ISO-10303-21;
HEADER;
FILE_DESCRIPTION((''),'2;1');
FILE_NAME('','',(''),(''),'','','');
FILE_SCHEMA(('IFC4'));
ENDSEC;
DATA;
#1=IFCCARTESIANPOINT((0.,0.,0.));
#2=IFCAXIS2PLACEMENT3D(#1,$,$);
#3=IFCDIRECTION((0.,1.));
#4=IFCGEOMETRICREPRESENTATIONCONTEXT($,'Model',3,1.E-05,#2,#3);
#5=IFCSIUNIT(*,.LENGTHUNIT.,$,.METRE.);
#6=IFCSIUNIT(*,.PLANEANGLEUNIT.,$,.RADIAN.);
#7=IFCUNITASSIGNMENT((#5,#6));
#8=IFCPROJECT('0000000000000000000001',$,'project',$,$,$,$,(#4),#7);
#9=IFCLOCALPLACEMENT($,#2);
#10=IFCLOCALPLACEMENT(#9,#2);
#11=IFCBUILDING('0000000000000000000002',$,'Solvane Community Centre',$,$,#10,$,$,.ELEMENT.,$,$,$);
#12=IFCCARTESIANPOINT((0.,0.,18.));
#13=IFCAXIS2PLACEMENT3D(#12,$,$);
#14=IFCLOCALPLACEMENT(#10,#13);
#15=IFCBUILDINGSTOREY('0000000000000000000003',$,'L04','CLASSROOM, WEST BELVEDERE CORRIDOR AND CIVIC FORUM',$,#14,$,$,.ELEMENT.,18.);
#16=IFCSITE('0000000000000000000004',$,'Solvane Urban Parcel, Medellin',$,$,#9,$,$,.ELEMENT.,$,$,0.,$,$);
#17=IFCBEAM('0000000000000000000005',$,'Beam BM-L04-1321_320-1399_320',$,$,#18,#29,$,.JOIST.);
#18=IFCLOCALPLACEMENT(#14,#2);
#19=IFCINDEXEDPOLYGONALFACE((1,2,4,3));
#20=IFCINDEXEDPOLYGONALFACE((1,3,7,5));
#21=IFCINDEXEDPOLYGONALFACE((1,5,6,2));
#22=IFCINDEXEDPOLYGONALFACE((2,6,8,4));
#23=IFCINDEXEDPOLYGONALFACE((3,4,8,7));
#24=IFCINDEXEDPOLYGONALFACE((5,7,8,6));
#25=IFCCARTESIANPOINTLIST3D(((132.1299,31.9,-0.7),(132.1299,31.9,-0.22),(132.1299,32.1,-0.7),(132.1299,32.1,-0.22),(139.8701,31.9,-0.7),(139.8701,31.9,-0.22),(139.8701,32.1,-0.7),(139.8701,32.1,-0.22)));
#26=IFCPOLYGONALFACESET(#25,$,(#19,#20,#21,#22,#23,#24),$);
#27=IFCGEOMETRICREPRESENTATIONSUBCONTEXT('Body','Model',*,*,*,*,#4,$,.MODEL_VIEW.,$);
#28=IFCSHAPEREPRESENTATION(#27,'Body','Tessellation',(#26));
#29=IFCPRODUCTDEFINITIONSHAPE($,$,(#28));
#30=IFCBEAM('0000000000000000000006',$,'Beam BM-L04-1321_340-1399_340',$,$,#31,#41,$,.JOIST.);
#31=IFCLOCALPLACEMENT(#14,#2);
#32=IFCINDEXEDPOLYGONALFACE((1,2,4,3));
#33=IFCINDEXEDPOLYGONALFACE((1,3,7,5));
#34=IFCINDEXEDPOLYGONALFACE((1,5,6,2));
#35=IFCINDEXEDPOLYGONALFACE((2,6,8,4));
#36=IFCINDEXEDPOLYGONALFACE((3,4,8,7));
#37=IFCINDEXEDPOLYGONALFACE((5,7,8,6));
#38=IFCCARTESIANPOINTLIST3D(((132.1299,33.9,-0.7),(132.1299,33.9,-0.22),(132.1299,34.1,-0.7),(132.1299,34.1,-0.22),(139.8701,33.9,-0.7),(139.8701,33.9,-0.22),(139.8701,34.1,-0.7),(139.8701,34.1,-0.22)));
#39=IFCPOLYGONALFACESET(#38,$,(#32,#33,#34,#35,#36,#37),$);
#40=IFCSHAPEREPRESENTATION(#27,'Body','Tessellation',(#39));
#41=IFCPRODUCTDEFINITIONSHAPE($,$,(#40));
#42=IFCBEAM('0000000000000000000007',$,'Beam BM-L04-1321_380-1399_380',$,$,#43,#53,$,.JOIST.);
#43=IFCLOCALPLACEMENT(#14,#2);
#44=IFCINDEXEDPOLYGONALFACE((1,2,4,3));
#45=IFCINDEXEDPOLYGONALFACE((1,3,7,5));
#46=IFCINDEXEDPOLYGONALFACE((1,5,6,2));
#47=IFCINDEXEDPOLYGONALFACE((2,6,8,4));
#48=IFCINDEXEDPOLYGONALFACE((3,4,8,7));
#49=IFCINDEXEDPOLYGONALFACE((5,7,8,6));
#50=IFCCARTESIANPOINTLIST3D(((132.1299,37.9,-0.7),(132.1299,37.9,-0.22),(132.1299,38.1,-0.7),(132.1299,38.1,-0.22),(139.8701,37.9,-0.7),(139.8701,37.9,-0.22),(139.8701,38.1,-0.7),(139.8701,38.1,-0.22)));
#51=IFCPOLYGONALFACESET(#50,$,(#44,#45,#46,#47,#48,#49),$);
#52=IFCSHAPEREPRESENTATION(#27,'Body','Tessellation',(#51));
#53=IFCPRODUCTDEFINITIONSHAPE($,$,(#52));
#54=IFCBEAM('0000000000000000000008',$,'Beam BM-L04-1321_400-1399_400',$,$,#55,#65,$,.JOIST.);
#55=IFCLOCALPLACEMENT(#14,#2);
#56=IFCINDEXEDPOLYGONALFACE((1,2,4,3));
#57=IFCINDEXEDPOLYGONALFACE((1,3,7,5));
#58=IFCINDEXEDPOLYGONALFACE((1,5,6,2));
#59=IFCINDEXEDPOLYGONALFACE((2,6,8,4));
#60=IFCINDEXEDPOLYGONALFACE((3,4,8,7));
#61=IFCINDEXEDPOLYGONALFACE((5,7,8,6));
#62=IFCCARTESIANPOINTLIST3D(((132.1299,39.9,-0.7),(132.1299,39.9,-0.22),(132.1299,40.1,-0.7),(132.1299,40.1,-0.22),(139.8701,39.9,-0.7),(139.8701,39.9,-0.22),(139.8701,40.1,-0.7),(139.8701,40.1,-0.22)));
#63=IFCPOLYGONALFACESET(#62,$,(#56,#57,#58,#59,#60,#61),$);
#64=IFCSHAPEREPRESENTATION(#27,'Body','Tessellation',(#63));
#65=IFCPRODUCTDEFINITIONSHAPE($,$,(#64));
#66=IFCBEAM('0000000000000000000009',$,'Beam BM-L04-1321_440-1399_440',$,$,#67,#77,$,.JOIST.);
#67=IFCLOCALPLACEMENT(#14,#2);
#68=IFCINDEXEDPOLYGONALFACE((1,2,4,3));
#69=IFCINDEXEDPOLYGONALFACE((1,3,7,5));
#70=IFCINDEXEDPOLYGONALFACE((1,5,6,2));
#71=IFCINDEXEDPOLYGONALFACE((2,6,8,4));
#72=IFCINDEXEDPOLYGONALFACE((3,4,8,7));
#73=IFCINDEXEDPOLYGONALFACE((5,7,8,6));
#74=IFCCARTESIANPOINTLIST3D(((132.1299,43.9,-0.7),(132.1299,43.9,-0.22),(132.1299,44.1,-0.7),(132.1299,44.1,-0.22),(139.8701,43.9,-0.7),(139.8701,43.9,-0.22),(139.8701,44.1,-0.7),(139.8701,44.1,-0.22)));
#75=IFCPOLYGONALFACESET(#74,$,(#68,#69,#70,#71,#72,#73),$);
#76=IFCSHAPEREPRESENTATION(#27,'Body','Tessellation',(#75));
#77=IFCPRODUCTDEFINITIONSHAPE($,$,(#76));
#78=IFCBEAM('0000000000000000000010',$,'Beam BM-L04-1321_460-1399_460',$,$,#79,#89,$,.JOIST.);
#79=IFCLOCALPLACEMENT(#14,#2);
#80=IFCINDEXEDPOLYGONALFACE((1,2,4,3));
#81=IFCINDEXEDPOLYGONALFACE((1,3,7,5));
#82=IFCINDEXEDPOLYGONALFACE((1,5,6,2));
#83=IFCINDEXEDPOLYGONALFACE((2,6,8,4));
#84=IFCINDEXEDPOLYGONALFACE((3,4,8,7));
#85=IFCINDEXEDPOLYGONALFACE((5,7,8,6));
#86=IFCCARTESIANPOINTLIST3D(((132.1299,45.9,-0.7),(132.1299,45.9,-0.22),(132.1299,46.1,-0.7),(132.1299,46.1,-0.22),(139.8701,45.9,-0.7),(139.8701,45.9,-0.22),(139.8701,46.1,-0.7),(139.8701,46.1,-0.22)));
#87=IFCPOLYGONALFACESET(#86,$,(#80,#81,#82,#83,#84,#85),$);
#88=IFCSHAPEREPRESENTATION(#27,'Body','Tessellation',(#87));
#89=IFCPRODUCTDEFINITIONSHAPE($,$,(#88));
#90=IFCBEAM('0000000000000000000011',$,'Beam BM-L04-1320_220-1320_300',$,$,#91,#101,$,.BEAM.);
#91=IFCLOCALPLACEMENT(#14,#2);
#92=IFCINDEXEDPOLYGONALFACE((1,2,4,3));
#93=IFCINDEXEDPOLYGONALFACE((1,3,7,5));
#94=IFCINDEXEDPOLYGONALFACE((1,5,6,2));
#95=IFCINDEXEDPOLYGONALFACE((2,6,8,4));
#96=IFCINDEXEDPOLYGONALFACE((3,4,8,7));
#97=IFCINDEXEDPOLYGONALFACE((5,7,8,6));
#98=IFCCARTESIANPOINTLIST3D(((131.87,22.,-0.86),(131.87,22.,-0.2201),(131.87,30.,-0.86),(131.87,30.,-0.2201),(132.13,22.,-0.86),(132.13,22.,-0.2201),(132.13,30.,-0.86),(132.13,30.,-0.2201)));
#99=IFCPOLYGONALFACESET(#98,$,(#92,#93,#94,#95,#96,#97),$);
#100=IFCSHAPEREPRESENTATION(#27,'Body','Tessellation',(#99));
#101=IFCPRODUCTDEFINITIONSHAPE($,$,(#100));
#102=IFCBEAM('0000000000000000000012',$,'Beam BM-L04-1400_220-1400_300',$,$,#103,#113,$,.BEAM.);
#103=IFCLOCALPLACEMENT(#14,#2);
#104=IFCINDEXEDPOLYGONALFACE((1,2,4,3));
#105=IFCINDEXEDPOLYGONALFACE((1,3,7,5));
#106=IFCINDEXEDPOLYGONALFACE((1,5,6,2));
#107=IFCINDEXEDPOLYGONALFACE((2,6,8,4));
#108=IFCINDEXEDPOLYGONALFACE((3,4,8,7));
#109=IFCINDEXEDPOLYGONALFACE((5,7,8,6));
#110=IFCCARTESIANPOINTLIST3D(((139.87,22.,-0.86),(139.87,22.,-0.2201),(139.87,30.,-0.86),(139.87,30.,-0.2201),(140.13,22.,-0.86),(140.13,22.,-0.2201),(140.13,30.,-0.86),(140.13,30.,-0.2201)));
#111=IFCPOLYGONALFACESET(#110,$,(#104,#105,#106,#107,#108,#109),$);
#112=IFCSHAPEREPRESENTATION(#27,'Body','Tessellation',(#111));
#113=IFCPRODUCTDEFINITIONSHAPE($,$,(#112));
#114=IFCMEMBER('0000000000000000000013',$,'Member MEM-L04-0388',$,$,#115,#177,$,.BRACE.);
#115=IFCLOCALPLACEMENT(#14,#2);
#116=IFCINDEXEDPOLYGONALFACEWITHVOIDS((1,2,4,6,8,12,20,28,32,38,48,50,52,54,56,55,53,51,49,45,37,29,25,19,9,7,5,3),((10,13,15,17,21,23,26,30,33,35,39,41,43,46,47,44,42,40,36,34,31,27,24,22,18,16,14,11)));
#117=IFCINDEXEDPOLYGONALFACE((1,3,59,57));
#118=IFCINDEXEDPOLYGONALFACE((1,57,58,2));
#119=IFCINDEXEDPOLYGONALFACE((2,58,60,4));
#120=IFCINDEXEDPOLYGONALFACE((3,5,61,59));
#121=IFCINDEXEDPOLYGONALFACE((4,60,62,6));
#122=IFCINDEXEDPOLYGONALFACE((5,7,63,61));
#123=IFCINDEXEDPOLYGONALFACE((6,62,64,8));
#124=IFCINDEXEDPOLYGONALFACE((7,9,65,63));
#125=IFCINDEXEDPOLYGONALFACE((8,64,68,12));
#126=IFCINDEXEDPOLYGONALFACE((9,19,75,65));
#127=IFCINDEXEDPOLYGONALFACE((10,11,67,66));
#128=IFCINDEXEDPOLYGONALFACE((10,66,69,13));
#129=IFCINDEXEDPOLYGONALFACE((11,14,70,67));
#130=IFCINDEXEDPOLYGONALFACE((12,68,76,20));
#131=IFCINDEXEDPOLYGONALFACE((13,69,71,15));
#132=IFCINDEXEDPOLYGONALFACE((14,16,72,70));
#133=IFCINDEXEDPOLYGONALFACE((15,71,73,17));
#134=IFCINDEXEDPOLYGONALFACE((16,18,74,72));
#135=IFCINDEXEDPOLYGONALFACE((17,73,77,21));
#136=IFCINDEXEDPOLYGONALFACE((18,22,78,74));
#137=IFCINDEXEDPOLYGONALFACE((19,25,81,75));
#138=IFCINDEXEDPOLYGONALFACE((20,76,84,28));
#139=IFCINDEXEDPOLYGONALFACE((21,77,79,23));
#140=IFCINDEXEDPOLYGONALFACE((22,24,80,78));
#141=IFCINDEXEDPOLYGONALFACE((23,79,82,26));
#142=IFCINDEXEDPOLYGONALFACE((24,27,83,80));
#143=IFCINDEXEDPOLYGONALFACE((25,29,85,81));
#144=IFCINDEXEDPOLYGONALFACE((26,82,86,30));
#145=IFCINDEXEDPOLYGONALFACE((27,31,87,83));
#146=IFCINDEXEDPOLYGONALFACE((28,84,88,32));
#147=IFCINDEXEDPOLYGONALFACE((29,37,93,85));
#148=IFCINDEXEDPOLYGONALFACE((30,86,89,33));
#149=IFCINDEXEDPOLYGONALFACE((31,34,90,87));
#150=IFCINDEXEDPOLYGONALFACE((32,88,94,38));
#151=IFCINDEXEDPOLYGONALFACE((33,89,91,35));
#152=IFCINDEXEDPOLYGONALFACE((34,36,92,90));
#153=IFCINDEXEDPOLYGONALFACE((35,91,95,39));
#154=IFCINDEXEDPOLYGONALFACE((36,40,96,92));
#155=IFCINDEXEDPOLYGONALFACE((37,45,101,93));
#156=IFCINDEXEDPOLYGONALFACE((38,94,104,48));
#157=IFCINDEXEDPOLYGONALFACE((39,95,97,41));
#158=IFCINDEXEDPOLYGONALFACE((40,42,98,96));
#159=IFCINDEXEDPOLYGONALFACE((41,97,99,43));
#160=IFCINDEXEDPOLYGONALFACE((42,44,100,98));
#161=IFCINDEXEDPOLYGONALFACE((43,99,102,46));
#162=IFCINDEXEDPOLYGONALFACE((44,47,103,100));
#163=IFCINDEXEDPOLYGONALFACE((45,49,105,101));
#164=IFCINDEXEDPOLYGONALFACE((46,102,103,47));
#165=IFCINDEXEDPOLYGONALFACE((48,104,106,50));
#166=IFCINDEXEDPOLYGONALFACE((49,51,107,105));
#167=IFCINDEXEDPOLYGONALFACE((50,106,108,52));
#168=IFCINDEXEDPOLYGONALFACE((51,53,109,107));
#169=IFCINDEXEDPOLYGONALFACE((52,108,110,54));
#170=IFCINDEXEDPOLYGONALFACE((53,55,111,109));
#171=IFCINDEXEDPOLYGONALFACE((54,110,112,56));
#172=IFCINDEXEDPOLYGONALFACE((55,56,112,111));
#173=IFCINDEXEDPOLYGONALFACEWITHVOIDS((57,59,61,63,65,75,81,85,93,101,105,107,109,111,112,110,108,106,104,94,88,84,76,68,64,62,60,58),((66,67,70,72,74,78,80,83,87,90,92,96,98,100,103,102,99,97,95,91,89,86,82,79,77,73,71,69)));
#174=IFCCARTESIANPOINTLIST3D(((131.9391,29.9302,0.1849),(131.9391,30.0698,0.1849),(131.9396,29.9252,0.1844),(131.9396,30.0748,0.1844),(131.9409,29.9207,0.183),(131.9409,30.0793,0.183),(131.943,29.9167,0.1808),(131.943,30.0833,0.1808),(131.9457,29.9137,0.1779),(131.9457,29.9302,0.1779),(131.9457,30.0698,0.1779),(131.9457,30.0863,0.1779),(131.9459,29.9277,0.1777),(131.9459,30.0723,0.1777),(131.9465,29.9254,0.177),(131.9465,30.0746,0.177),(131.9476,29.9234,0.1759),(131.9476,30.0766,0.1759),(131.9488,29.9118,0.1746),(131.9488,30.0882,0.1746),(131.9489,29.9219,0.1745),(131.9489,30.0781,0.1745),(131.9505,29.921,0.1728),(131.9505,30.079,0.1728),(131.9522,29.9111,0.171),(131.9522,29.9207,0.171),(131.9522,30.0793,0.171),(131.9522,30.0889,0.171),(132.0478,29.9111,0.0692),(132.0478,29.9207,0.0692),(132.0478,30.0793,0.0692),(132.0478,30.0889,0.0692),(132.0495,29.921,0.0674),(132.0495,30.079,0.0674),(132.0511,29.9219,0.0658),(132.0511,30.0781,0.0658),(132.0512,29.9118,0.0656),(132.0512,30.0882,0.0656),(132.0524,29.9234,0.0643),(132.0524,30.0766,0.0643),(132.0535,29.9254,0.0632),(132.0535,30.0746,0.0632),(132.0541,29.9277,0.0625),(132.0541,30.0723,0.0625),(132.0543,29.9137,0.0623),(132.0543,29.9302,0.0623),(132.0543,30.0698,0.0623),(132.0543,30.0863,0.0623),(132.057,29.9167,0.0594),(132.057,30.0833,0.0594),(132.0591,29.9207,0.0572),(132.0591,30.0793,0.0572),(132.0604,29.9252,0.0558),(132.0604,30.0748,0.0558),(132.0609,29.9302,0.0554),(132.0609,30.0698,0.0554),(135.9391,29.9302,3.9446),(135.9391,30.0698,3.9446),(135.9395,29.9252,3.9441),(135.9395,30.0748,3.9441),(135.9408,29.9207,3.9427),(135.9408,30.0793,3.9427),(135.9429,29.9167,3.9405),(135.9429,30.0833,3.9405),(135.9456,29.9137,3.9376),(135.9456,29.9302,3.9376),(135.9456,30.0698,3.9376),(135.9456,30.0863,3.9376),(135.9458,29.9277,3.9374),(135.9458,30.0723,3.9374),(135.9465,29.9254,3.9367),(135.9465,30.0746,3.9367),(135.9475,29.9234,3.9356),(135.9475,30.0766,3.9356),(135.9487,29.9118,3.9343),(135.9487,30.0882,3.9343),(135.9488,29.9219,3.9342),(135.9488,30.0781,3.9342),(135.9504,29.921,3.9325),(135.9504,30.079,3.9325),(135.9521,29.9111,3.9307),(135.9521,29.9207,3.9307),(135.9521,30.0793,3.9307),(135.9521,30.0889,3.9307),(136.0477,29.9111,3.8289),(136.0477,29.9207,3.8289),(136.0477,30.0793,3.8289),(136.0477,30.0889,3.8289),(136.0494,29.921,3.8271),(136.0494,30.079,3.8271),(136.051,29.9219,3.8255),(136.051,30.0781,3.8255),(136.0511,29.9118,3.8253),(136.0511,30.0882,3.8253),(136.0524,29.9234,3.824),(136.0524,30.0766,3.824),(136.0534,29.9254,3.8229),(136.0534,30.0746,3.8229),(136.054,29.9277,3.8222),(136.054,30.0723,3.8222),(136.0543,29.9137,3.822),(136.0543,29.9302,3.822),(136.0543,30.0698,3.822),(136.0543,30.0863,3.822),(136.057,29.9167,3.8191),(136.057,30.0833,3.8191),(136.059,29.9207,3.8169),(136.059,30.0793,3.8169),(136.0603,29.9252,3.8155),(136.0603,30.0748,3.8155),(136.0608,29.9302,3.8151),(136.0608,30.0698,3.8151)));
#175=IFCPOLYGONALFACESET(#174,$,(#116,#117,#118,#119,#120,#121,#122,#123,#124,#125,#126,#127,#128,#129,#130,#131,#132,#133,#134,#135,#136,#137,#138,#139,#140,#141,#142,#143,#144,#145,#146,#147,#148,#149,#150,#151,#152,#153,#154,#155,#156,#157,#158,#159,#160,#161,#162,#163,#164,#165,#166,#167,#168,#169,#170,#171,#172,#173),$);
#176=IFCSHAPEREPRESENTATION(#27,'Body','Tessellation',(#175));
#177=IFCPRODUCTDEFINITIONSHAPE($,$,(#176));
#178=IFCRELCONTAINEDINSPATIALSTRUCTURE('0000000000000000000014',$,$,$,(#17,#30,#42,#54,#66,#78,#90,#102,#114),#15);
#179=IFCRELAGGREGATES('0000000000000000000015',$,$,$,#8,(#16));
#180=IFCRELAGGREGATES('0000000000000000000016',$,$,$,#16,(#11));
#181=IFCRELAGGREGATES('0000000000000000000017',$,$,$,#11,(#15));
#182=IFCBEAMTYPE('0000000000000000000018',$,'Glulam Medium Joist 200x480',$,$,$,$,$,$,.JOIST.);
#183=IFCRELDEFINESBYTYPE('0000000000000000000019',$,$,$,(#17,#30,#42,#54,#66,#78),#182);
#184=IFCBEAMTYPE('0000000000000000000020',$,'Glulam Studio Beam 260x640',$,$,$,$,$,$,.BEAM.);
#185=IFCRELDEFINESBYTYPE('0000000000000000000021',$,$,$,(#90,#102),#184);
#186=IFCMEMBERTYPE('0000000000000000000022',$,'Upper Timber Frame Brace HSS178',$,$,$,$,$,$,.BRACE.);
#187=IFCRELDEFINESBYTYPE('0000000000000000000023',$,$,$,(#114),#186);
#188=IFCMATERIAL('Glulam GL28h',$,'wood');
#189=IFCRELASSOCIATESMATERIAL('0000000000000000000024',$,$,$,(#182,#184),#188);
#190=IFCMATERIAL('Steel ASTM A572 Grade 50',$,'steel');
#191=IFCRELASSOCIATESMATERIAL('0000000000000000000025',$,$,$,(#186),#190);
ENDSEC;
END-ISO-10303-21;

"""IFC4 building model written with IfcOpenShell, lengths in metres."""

from ifc_helpers import new_model, si_unit, direction, frame, origin, origin_2d, place, context, subcontext, project, spatial, rectangle, hollow_rectangle, extrude, material, material_profile, profile_set, type_object, element, save


model = new_model("IFC4")

# Units and contexts
model_context = context("Model", 3, precision=1e-05, world=origin(), true_north=direction((0.0, 1.0)))
body_context = subcontext(model_context, "Body", "Model", "MODEL_VIEW")
ifc_project = project(units=[si_unit("LENGTHUNIT", "METRE"), si_unit("PLANEANGLEUNIT", "RADIAN")], contexts=[model_context])

# Site, building, storey
site_placement = place(None, origin())
site = spatial("IfcSite", under=ifc_project, at=site_placement, Name="Solvane Urban Parcel, Medellin", CompositionType="ELEMENT", RefElevation=0.0)
building_placement = place(site_placement, origin())
building = spatial("IfcBuilding", under=site, at=building_placement, Name="Solvane Community Centre", CompositionType="ELEMENT")
storey_placement = place(building_placement, frame((0.0, 0.0, 18.0)))
storey = spatial("IfcBuildingStorey", under=building, at=storey_placement, Name="L04", Description="CLASSROOM, WEST BELVEDERE CORRIDOR AND CIVIC FORUM", CompositionType="ELEMENT", Elevation=18.0)

# Beams
ifc_material_1 = material(Name="Glulam GL28h", Category="wood")
ifc_material_profile_1 = material_profile(ifc_material_1, rectangle(XDim=0.2, YDim=0.48, at=origin_2d()), Name="GL28h 200x480")
ifc_profile_set_1 = profile_set([ifc_material_profile_1], Name="Glulam GL28h")
beam_type_1 = type_object("IfcBeamType", Name="Glulam Medium Joist 200x480", PredefinedType="JOIST", material=ifc_profile_set_1)
for number, where, z_axis, x_axis, name in (
    (1, (132.1299, 32.0, -0.46), (1.0, 0.0, 0.0), (0.0, 1.0, 0.0), "Beam BM-L04-1321_320-1399_320"),
    (2, (132.1299, 34.0, -0.46), (1.0, 0.0, 0.0), (0.0, 1.0, 0.0), "Beam BM-L04-1321_340-1399_340"),
    (3, (132.1299, 38.0, -0.46), (1.0, 0.0, 0.0), (0.0, 1.0, 0.0), "Beam BM-L04-1321_380-1399_380"),
    (4, (132.1299, 40.0, -0.46), (1.0, 0.0, 0.0), (0.0, 1.0, 0.0), "Beam BM-L04-1321_400-1399_400"),
    (5, (132.1299, 44.0, -0.46), (1.0, 0.0, 0.0), (0.0, 1.0, 0.0), "Beam BM-L04-1321_440-1399_440"),
    (6, (132.1299, 46.0, -0.46), (1.0, 0.0, 0.0), (0.0, 1.0, 0.0), "Beam BM-L04-1321_460-1399_460"),
):
    element("IfcBeam", number, at=place(storey_placement, frame(where, z_axis=z_axis, x_axis=x_axis)), inside=storey, type_object=beam_type_1, Name=name, PredefinedType="JOIST", context=body_context, shape_type="SweptSolid", body=[
        extrude(rectangle(XDim=0.2, YDim=0.48, at=origin_2d()), origin(), (0.0, 0.0, 1.0), 7.7402),
    ])
ifc_material_profile_2 = material_profile(ifc_material_1, rectangle(XDim=0.26, YDim=0.6399, at=origin_2d()), Name="GL28h 260x640")
ifc_profile_set_2 = profile_set([ifc_material_profile_2], Name="Glulam GL28h")
beam_type_2 = type_object("IfcBeamType", Name="Glulam Studio Beam 260x640", PredefinedType="BEAM", material=ifc_profile_set_2)
for number, where, z_axis, x_axis, name in (
    (7, (132.0, 22.0, -0.54), (0.0, 1.0, 0.0), (-1.0, 0.0, 0.0), "Beam BM-L04-1320_220-1320_300"),
    (8, (140.0, 22.0, -0.54), (0.0, 1.0, 0.0), (-1.0, 0.0, 0.0), "Beam BM-L04-1400_220-1400_300"),
):
    element("IfcBeam", number, at=place(storey_placement, frame(where, z_axis=z_axis, x_axis=x_axis)), inside=storey, type_object=beam_type_2, Name=name, PredefinedType="BEAM", context=body_context, shape_type="SweptSolid", body=[
        extrude(rectangle(XDim=0.26, YDim=0.6399, at=origin_2d()), origin(), (0.0, 0.0, 1.0), 8.0),
    ])

# Member
ifc_material_2 = material(Name="Steel ASTM A572 Grade 50", Category="steel")
ifc_material_profile_3 = material_profile(ifc_material_2, hollow_rectangle(XDim=0.1777, YDim=0.1777, WallThickness=0.0095, InnerFilletRadius=0.0095, OuterFilletRadius=0.019, at=origin_2d()), Name="HSS 178x178x9.5")
ifc_profile_set_3 = profile_set([ifc_material_profile_3], Name="Steel ASTM A572 Grade 50")
member_type = type_object("IfcMemberType", Name="Upper Timber Frame Brace HSS178", PredefinedType="BRACE", material=ifc_profile_set_3)
for number, where, z_axis, x_axis, name in (
    (9, (132.0, 30.0, 0.1201), (0.728649, 0.0, 0.684887), (0.0, 1.0, 0.0), "Member MEM-L04-0388"),
):
    element("IfcMember", number, at=place(storey_placement, frame(where, z_axis=z_axis, x_axis=x_axis)), inside=storey, type_object=member_type, Name=name, PredefinedType="BRACE", context=body_context, shape_type="SweptSolid", body=[
        extrude(hollow_rectangle(XDim=0.1777, YDim=0.1777, WallThickness=0.0095, InnerFilletRadius=0.0095, OuterFilletRadius=0.019, at=origin_2d()), origin(), (0.0, 0.0, 1.0), 5.4895),
    ])

save(model, "model.ifc")
